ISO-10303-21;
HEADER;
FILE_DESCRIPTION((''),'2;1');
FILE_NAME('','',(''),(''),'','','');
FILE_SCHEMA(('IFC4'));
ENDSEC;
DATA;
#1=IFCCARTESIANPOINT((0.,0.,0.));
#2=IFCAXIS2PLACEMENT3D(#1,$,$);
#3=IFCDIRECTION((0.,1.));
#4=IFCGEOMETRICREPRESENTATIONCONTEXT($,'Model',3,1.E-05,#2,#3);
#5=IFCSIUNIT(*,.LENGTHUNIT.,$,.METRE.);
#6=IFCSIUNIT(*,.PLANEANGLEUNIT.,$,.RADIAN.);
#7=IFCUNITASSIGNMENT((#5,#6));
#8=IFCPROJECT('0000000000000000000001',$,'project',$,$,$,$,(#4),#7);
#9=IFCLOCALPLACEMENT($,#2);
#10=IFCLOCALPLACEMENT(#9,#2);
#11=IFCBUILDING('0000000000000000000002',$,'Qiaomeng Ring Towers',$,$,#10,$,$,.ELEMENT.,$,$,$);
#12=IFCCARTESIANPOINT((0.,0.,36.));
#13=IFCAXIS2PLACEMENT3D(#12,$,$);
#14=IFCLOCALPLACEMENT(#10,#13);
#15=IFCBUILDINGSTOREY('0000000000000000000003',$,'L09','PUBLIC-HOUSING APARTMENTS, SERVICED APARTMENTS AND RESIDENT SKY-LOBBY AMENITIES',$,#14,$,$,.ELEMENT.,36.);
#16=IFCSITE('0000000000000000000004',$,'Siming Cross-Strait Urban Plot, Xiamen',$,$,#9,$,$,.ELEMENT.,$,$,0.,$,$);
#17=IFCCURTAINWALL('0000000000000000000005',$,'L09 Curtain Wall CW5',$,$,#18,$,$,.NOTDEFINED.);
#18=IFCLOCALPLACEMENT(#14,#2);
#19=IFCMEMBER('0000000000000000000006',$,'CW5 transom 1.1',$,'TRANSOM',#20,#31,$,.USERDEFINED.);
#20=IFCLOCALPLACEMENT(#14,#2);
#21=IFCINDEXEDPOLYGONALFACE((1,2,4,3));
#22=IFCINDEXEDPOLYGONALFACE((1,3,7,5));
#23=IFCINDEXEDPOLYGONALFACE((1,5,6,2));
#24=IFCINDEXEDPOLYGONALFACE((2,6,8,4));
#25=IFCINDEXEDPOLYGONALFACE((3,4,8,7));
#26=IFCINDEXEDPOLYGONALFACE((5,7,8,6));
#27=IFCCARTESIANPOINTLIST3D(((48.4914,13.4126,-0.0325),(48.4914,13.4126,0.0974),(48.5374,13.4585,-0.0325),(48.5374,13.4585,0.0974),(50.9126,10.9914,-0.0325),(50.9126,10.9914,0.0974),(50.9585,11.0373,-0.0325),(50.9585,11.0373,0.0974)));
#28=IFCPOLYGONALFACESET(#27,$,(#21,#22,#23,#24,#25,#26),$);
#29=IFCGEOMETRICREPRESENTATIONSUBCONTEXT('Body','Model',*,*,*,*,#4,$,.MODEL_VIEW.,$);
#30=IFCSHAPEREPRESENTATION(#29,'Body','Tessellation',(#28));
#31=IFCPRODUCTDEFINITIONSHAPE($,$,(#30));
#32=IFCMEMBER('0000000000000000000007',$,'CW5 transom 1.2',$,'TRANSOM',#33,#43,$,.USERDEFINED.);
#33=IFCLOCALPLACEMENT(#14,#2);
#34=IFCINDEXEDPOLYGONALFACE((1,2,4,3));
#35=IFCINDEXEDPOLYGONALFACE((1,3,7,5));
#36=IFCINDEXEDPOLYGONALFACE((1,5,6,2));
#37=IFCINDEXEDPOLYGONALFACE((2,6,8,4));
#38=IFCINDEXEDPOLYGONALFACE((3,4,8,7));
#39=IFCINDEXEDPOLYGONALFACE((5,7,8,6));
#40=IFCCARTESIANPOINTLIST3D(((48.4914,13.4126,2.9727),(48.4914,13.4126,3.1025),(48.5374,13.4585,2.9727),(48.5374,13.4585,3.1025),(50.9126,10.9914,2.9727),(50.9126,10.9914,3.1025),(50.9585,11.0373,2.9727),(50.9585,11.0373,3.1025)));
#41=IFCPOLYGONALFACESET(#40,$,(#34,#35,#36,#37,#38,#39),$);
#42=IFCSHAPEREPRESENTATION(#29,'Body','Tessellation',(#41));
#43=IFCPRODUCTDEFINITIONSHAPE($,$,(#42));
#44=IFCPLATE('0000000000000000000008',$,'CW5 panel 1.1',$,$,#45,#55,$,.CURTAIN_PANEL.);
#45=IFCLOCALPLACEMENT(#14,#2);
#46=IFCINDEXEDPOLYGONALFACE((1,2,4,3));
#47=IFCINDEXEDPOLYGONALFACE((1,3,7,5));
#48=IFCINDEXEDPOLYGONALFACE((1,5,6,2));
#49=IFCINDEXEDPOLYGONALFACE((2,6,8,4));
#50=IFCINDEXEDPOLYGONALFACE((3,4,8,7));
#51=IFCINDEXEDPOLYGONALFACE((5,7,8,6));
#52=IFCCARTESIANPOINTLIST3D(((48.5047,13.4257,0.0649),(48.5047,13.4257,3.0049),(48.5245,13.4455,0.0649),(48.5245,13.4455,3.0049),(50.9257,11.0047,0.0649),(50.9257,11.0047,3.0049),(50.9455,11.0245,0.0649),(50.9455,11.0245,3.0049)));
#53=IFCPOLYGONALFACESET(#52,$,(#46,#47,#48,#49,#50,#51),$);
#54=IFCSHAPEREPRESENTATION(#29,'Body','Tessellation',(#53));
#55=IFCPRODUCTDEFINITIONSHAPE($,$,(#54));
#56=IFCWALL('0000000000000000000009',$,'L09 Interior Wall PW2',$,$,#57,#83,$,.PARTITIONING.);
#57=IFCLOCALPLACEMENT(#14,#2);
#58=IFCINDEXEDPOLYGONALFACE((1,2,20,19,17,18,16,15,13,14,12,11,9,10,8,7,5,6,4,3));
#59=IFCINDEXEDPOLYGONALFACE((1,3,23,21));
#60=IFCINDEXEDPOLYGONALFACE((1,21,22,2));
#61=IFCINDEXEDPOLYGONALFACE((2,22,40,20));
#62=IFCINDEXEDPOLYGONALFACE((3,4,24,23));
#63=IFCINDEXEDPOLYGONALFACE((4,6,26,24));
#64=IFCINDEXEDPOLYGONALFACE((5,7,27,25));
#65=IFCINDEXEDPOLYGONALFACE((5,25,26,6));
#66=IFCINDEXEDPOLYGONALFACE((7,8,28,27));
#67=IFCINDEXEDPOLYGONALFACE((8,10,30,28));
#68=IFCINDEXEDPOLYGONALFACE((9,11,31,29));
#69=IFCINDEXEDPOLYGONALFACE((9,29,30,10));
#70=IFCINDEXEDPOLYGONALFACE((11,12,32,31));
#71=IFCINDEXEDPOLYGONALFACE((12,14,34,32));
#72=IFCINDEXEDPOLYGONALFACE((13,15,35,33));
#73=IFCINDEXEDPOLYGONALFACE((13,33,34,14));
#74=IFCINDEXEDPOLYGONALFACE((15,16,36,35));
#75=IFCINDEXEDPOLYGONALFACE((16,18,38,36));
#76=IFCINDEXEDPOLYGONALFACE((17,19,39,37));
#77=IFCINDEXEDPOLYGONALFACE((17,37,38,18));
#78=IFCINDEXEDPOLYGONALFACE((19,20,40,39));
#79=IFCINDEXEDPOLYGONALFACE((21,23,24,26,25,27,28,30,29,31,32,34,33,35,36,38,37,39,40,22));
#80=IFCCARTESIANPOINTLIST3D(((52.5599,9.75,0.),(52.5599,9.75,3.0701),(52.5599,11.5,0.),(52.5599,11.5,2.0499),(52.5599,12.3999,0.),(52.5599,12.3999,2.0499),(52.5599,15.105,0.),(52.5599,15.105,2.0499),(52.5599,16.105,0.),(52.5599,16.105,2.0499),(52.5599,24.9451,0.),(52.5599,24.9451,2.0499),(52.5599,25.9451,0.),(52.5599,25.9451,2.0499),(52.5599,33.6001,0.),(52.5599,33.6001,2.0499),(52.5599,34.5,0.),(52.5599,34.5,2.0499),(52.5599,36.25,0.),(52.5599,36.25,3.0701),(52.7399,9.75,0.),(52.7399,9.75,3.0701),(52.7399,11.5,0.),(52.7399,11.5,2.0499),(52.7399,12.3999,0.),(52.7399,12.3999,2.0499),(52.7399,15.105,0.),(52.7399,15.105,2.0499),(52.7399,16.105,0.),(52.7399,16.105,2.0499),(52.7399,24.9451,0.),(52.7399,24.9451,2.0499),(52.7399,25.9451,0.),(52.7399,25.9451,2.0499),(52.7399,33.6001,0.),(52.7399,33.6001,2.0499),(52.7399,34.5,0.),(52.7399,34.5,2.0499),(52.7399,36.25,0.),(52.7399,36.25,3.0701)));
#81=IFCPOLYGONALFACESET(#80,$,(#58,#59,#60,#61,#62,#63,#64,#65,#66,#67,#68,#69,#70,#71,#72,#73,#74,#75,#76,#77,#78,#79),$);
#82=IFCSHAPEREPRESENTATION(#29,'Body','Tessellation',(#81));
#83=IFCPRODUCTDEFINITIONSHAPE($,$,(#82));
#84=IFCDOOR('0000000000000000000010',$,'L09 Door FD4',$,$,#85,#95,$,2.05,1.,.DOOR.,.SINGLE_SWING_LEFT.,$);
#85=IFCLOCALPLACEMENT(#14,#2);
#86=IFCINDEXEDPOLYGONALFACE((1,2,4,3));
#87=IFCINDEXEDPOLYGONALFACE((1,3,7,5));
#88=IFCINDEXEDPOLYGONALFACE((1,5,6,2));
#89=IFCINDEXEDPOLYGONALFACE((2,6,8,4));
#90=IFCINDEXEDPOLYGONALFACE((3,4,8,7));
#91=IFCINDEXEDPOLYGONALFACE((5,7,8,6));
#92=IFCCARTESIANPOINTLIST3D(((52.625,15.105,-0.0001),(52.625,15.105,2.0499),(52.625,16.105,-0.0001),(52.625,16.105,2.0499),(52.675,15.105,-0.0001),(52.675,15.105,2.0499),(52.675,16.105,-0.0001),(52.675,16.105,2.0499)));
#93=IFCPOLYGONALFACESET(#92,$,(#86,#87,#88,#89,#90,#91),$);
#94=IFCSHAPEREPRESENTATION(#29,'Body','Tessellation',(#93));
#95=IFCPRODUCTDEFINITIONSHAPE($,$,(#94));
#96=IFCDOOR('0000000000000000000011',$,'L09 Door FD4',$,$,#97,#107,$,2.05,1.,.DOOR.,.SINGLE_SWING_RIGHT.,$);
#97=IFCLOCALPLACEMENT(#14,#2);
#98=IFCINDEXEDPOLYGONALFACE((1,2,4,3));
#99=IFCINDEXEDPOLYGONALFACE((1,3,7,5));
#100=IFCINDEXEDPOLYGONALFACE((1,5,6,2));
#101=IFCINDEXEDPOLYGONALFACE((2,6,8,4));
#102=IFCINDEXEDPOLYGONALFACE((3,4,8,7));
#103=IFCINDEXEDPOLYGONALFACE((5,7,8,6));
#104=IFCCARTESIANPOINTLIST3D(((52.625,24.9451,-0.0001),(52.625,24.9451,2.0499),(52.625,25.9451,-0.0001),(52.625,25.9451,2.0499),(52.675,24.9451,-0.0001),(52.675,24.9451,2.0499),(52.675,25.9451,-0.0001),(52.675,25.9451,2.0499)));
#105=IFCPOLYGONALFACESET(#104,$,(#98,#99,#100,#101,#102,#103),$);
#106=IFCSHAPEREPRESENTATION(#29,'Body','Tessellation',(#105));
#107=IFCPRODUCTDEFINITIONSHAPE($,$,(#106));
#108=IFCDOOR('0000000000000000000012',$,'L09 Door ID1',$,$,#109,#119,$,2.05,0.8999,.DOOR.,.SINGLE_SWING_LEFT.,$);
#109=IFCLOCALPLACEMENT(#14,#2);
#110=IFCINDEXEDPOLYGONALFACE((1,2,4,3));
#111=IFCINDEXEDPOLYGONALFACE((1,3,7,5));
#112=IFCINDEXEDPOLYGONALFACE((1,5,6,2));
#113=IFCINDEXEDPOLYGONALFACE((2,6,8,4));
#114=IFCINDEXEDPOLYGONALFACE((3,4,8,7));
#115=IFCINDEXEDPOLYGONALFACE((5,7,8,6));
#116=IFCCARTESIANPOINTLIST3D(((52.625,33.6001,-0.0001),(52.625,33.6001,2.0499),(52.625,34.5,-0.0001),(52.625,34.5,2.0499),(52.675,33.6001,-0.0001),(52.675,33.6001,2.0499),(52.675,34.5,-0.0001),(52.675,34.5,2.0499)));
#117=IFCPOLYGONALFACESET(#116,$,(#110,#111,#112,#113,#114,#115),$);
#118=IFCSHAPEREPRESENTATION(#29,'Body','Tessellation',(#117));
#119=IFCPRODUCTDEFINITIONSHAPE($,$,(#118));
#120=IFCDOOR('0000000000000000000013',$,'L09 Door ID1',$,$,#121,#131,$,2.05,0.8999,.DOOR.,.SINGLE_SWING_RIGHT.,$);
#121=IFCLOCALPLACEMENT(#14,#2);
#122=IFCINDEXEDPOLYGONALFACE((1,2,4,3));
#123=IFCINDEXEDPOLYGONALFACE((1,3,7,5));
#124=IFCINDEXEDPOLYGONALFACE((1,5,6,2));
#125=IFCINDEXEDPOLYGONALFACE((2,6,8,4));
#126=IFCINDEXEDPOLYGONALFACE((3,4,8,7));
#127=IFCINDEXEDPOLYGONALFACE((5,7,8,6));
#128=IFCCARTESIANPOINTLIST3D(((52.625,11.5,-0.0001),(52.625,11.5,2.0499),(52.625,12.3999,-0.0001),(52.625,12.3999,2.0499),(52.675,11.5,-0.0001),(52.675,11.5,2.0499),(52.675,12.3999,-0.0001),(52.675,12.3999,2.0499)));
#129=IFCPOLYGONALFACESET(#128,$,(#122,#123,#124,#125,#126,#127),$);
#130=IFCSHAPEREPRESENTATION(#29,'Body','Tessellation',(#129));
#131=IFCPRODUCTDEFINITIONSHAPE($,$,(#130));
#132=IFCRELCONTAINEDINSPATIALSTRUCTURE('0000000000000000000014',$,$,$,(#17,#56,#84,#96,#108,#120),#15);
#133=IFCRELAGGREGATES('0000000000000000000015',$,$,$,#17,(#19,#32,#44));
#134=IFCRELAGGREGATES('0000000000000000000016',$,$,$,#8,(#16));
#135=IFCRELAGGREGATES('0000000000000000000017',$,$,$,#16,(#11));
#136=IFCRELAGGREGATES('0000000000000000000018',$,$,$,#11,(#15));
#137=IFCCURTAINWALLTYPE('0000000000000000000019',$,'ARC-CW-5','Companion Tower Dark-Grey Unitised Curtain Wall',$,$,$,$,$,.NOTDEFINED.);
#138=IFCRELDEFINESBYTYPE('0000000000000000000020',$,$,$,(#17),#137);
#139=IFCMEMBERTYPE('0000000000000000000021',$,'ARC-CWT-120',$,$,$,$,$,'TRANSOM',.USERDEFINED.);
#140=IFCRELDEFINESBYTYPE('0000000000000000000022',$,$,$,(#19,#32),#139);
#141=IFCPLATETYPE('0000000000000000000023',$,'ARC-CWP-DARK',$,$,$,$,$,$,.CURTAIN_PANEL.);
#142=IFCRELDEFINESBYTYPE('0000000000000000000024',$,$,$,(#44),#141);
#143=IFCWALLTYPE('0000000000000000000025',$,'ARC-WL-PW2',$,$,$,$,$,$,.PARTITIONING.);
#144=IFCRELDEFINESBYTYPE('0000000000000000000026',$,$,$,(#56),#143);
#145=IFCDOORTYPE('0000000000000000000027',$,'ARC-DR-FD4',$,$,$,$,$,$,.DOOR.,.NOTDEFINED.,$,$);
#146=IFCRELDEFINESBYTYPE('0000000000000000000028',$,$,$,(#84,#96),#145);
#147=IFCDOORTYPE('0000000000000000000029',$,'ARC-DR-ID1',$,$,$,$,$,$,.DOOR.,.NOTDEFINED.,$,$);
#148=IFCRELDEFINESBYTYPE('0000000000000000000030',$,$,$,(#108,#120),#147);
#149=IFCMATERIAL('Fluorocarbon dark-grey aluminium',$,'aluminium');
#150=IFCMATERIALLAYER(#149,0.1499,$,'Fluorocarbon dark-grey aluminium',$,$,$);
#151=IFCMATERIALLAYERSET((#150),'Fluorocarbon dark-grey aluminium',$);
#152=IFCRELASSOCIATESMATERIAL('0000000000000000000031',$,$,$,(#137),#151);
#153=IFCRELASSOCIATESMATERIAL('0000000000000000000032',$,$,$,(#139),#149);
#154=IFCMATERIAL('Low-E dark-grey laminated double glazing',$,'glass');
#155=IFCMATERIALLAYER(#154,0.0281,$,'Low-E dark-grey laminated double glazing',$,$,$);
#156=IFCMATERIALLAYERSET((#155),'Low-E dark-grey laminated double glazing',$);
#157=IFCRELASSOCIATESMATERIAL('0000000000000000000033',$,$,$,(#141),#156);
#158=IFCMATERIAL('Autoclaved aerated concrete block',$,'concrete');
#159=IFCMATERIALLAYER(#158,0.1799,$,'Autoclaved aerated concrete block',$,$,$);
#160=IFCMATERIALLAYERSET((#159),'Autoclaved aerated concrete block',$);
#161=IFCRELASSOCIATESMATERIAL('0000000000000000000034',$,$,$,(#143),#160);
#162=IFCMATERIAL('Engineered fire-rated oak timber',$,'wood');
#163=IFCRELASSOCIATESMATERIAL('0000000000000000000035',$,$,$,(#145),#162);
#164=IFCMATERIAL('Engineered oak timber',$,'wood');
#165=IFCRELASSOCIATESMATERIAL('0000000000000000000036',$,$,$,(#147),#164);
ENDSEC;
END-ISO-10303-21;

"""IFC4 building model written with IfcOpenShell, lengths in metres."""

from ifc_helpers import new_model, si_unit, direction, frame, frame_2d, origin, origin_2d, place, context, subcontext, project, spatial, rectangle, extrude, source, transform, mapped, material, layer, layer_set, material_profile, profile_set, type_object, element, fill, aggregate, save


model = new_model("IFC4")

# Units and contexts
model_context = context("Model", 3, precision=1e-05, world=origin(), true_north=direction((0.0, 1.0)))
body_context = subcontext(model_context, "Body", "Model", "MODEL_VIEW")
ifc_project = project(units=[si_unit("LENGTHUNIT", "METRE"), si_unit("PLANEANGLEUNIT", "RADIAN")], contexts=[model_context])

# Site, building, storey
site_placement = place(None, origin())
site = spatial("IfcSite", under=ifc_project, at=site_placement, Name="Siming Cross-Strait Urban Plot, Xiamen", CompositionType="ELEMENT", RefElevation=0.0)
building_placement = place(site_placement, origin())
building = spatial("IfcBuilding", under=site, at=building_placement, Name="Qiaomeng Ring Towers", CompositionType="ELEMENT")
storey_placement = place(building_placement, frame((0.0, 0.0, 36.0)))
storey = spatial("IfcBuildingStorey", under=building, at=storey_placement, Name="L09", Description="PUBLIC-HOUSING APARTMENTS, SERVICED APARTMENTS AND RESIDENT SKY-LOBBY AMENITIES", CompositionType="ELEMENT", Elevation=36.0)

# Curtain wall
ifc_material_1 = material(Name="Fluorocarbon dark-grey aluminium", Category="aluminium")
ifc_layer_1 = layer(ifc_material_1, 0.1499, Name="Fluorocarbon dark-grey aluminium")
ifc_layer_set_1 = layer_set([ifc_layer_1], Name="Fluorocarbon dark-grey aluminium")
curtain_wall_type = type_object("IfcCurtainWallType", Name="ARC-CW-5", Description="Companion Tower Dark-Grey Unitised Curtain Wall", PredefinedType="NOTDEFINED", material=ifc_layer_set_1)
curtain_wall_1_placement = place(storey_placement, origin())
curtain_wall_1 = element("IfcCurtainWall", 1, at=curtain_wall_1_placement, inside=storey, type_object=curtain_wall_type, Name="L09 Curtain Wall CW5", PredefinedType="NOTDEFINED")

# Shared definitions
ifc_material_profile_1 = material_profile(ifc_material_1, rectangle(XDim=0.0649, YDim=0.1299, at=origin_2d()), Name="ALU TRAN 65x130")
ifc_profile_set_1 = profile_set([ifc_material_profile_1], Name="Fluorocarbon dark-grey aluminium")
member_type_1 = type_object("IfcMemberType", Name="ARC-CWT-120", ElementType="TRANSOM", PredefinedType="USERDEFINED", material=ifc_profile_set_1)

# Members
shared_shape_1 = source(origin(), body_context, "Body", "SweptSolid", [
    extrude(rectangle(XDim=0.0649, YDim=0.1299, at=origin_2d()), origin(), (0.0, 0.0, 1.0), 3.4241),
])
member_1_placement = place(storey_placement, frame((48.5144, 13.4355, 0.0325), z_axis=(0.707107, -0.707107, 0.0), x_axis=(0.707107, 0.707107, 0.0)))
member_1 = element("IfcMember", 2, at=member_1_placement, type_object=member_type_1, Name="CW5 transom 1.1", ObjectType="TRANSOM", PredefinedType="USERDEFINED", context=body_context, shape_type="MappedRepresentation", body=[
    mapped(shared_shape_1, transform((0.0, 0.0, 0.0), x_axis=(1.0, 0.0, 0.0), y_axis=(0.0, 1.0, 0.0), z_axis=(0.0, 0.0, 1.0), scale=1.0)),
])
member_2_placement = place(storey_placement, frame((48.5144, 13.4355, 3.0376), z_axis=(0.707107, -0.707107, 0.0), x_axis=(0.707107, 0.707107, 0.0)))
member_2 = element("IfcMember", 3, at=member_2_placement, type_object=member_type_1, Name="CW5 transom 1.2", ObjectType="TRANSOM", PredefinedType="USERDEFINED", context=body_context, shape_type="MappedRepresentation", body=[
    mapped(shared_shape_1, transform((0.0, 0.0, 0.0), x_axis=(1.0, 0.0, 0.0), y_axis=(0.0, 1.0, 0.0), z_axis=(0.0, 0.0, 1.0), scale=1.0)),
])

# Plate
ifc_material_2 = material(Name="Low-E dark-grey laminated double glazing", Category="glass")
ifc_layer_2 = layer(ifc_material_2, 0.0281, Name="Low-E dark-grey laminated double glazing")
ifc_layer_set_2 = layer_set([ifc_layer_2], Name="Low-E dark-grey laminated double glazing")
plate_type = type_object("IfcPlateType", Name="ARC-CWP-DARK", PredefinedType="CURTAIN_PANEL", material=ifc_layer_set_2)
shared_shape_2 = source(origin(), body_context, "Body", "SweptSolid", [
    extrude(rectangle(XDim=3.4238, YDim=0.0281, at=origin_2d()), origin(), (0.0, 0.0, 1.0), 2.9399),
])
plate_placement = place(storey_placement, frame((49.7251, 12.2251, 0.0649), z_axis=(0.0, 0.0, 1.0), x_axis=(0.707107, -0.707107, 0.0)))
plate = element("IfcPlate", 4, at=plate_placement, type_object=plate_type, Name="CW5 panel 1.1", PredefinedType="CURTAIN_PANEL", context=body_context, shape_type="MappedRepresentation", body=[
    mapped(shared_shape_2, transform((0.0, 0.0, 0.0), x_axis=(1.0, 0.0, 0.0), y_axis=(0.0, 1.0, 0.0), z_axis=(0.0, 0.0, 1.0), scale=1.0)),
])
aggregate(curtain_wall_1, [member_1, member_2, plate])

# Wall, openings, doors
ifc_material_3 = material(Name="Autoclaved aerated concrete block", Category="concrete")
ifc_layer_3 = layer(ifc_material_3, 0.1799, Name="Autoclaved aerated concrete block")
ifc_layer_set_3 = layer_set([ifc_layer_3], Name="Autoclaved aerated concrete block")
wall_type_1 = type_object("IfcWallType", Name="ARC-WL-PW2", PredefinedType="PARTITIONING", material=ifc_layer_set_3)
wall_1_placement = place(storey_placement, frame((52.6499, 9.75, 0.0), z_axis=(0.0, 0.0, 1.0), x_axis=(0.0, 1.0, 0.0)))
wall_1 = element("IfcWall", 5, at=wall_1_placement, inside=storey, type_object=wall_type_1, Name="L09 Interior Wall PW2", PredefinedType="PARTITIONING", context=body_context, shape_type="SweptSolid", body=[
    extrude(rectangle(XDim=26.5, YDim=0.1799, at=frame_2d((13.25, 0.0))), origin(), (0.0, 0.0, 1.0), 3.0701),
])
opening_1_placement = place(wall_1_placement, frame((23.8501, 0.0, 0.0)))
opening_1 = element("IfcOpeningElement", 6, at=opening_1_placement, cuts=wall_1, PredefinedType="OPENING", context=body_context, shape_type="SweptSolid", body=[
    extrude(rectangle(XDim=0.8999, YDim=2.05, at=frame_2d((0.45, 1.0249))), frame((0.0, 0.0999, 0.0), z_axis=(0.0, -1.0, 0.0), x_axis=(1.0, 0.0, 0.0)), (0.0, 0.0, 1.0), 0.2),
])
opening_2_placement = place(wall_1_placement, frame((1.75, 0.0, 0.0)))
opening_2 = element("IfcOpeningElement", 7, at=opening_2_placement, cuts=wall_1, PredefinedType="OPENING", context=body_context, shape_type="SweptSolid", body=[
    extrude(rectangle(XDim=0.8999, YDim=2.05, at=frame_2d((0.45, 1.0249))), frame((0.0, 0.0999, 0.0), z_axis=(0.0, -1.0, 0.0), x_axis=(1.0, 0.0, 0.0)), (0.0, 0.0, 1.0), 0.2),
])
opening_3_placement = place(wall_1_placement, frame((5.355, 0.0, 0.0)))
opening_3 = element("IfcOpeningElement", 8, at=opening_3_placement, cuts=wall_1, PredefinedType="OPENING", context=body_context, shape_type="SweptSolid", body=[
    extrude(rectangle(XDim=1.0, YDim=2.05, at=frame_2d((0.5, 1.0249))), frame((0.0, 0.0999, 0.0), z_axis=(0.0, -1.0, 0.0), x_axis=(1.0, 0.0, 0.0)), (0.0, 0.0, 1.0), 0.2),
])
opening_4_placement = place(wall_1_placement, frame((15.1951, 0.0, 0.0)))
opening_4 = element("IfcOpeningElement", 9, at=opening_4_placement, cuts=wall_1, PredefinedType="OPENING", context=body_context, shape_type="SweptSolid", body=[
    extrude(rectangle(XDim=1.0, YDim=2.05, at=frame_2d((0.5, 1.0249))), frame((0.0, 0.0999, 0.0), z_axis=(0.0, -1.0, 0.0), x_axis=(1.0, 0.0, 0.0)), (0.0, 0.0, 1.0), 0.2),
])
ifc_material_4 = material(Name="Engineered fire-rated oak timber", Category="wood")
door_type_1 = type_object("IfcDoorType", Name="ARC-DR-FD4", OperationType="NOTDEFINED", PredefinedType="DOOR", material=ifc_material_4)
shared_shape_3 = source(origin(), body_context, "Body", "SweptSolid", [
    extrude(rectangle(XDim=1.0, YDim=2.05, at=frame_2d((0.5, 1.0249))), frame((0.0, 0.0249, 0.0), z_axis=(0.0, -1.0, 0.0), x_axis=(1.0, 0.0, 0.0)), (0.0, 0.0, 1.0), 0.05),
])
door_1_placement = place(opening_3_placement, origin())
door_1 = element("IfcDoor", 10, at=door_1_placement, inside=storey, type_object=door_type_1, Name="L09 Door FD4", OperationType="SINGLE_SWING_LEFT", OverallHeight=2.05, OverallWidth=1.0, PredefinedType="DOOR", context=body_context, shape_type="MappedRepresentation", body=[
    mapped(shared_shape_3, transform((0.0, 0.0, 0.0), x_axis=(1.0, 0.0, 0.0), y_axis=(0.0, 1.0, 0.0), z_axis=(0.0, 0.0, 1.0), scale=1.0)),
])
fill(opening_3, door_1)
door_2_placement = place(opening_4_placement, origin())
door_2 = element("IfcDoor", 11, at=door_2_placement, inside=storey, type_object=door_type_1, Name="L09 Door FD4", OperationType="SINGLE_SWING_RIGHT", OverallHeight=2.05, OverallWidth=1.0, PredefinedType="DOOR", context=body_context, shape_type="MappedRepresentation", body=[
    mapped(shared_shape_3, transform((0.0, 0.0, 0.0), x_axis=(1.0, 0.0, 0.0), y_axis=(0.0, 1.0, 0.0), z_axis=(0.0, 0.0, 1.0), scale=1.0)),
])
fill(opening_4, door_2)
ifc_material_5 = material(Name="Engineered oak timber", Category="wood")
door_type_2 = type_object("IfcDoorType", Name="ARC-DR-ID1", OperationType="NOTDEFINED", PredefinedType="DOOR", material=ifc_material_5)
shared_shape_4 = source(origin(), body_context, "Body", "SweptSolid", [
    extrude(rectangle(XDim=0.8999, YDim=2.05, at=frame_2d((0.45, 1.0249))), frame((0.0, 0.0249, 0.0), z_axis=(0.0, -1.0, 0.0), x_axis=(1.0, 0.0, 0.0)), (0.0, 0.0, 1.0), 0.05),
])
door_3_placement = place(opening_1_placement, origin())
door_3 = element("IfcDoor", 12, at=door_3_placement, inside=storey, type_object=door_type_2, Name="L09 Door ID1", OperationType="SINGLE_SWING_LEFT", OverallHeight=2.05, OverallWidth=0.8999, PredefinedType="DOOR", context=body_context, shape_type="MappedRepresentation", body=[
    mapped(shared_shape_4, transform((0.0, 0.0, 0.0), x_axis=(1.0, 0.0, 0.0), y_axis=(0.0, 1.0, 0.0), z_axis=(0.0, 0.0, 1.0), scale=1.0)),
])
fill(opening_1, door_3)
door_4_placement = place(opening_2_placement, origin())
door_4 = element("IfcDoor", 13, at=door_4_placement, inside=storey, type_object=door_type_2, Name="L09 Door ID1", OperationType="SINGLE_SWING_RIGHT", OverallHeight=2.05, OverallWidth=0.8999, PredefinedType="DOOR", context=body_context, shape_type="MappedRepresentation", body=[
    mapped(shared_shape_4, transform((0.0, 0.0, 0.0), x_axis=(1.0, 0.0, 0.0), y_axis=(0.0, 1.0, 0.0), z_axis=(0.0, 0.0, 1.0), scale=1.0)),
])
fill(opening_2, door_4)

save(model, "model.ifc")
